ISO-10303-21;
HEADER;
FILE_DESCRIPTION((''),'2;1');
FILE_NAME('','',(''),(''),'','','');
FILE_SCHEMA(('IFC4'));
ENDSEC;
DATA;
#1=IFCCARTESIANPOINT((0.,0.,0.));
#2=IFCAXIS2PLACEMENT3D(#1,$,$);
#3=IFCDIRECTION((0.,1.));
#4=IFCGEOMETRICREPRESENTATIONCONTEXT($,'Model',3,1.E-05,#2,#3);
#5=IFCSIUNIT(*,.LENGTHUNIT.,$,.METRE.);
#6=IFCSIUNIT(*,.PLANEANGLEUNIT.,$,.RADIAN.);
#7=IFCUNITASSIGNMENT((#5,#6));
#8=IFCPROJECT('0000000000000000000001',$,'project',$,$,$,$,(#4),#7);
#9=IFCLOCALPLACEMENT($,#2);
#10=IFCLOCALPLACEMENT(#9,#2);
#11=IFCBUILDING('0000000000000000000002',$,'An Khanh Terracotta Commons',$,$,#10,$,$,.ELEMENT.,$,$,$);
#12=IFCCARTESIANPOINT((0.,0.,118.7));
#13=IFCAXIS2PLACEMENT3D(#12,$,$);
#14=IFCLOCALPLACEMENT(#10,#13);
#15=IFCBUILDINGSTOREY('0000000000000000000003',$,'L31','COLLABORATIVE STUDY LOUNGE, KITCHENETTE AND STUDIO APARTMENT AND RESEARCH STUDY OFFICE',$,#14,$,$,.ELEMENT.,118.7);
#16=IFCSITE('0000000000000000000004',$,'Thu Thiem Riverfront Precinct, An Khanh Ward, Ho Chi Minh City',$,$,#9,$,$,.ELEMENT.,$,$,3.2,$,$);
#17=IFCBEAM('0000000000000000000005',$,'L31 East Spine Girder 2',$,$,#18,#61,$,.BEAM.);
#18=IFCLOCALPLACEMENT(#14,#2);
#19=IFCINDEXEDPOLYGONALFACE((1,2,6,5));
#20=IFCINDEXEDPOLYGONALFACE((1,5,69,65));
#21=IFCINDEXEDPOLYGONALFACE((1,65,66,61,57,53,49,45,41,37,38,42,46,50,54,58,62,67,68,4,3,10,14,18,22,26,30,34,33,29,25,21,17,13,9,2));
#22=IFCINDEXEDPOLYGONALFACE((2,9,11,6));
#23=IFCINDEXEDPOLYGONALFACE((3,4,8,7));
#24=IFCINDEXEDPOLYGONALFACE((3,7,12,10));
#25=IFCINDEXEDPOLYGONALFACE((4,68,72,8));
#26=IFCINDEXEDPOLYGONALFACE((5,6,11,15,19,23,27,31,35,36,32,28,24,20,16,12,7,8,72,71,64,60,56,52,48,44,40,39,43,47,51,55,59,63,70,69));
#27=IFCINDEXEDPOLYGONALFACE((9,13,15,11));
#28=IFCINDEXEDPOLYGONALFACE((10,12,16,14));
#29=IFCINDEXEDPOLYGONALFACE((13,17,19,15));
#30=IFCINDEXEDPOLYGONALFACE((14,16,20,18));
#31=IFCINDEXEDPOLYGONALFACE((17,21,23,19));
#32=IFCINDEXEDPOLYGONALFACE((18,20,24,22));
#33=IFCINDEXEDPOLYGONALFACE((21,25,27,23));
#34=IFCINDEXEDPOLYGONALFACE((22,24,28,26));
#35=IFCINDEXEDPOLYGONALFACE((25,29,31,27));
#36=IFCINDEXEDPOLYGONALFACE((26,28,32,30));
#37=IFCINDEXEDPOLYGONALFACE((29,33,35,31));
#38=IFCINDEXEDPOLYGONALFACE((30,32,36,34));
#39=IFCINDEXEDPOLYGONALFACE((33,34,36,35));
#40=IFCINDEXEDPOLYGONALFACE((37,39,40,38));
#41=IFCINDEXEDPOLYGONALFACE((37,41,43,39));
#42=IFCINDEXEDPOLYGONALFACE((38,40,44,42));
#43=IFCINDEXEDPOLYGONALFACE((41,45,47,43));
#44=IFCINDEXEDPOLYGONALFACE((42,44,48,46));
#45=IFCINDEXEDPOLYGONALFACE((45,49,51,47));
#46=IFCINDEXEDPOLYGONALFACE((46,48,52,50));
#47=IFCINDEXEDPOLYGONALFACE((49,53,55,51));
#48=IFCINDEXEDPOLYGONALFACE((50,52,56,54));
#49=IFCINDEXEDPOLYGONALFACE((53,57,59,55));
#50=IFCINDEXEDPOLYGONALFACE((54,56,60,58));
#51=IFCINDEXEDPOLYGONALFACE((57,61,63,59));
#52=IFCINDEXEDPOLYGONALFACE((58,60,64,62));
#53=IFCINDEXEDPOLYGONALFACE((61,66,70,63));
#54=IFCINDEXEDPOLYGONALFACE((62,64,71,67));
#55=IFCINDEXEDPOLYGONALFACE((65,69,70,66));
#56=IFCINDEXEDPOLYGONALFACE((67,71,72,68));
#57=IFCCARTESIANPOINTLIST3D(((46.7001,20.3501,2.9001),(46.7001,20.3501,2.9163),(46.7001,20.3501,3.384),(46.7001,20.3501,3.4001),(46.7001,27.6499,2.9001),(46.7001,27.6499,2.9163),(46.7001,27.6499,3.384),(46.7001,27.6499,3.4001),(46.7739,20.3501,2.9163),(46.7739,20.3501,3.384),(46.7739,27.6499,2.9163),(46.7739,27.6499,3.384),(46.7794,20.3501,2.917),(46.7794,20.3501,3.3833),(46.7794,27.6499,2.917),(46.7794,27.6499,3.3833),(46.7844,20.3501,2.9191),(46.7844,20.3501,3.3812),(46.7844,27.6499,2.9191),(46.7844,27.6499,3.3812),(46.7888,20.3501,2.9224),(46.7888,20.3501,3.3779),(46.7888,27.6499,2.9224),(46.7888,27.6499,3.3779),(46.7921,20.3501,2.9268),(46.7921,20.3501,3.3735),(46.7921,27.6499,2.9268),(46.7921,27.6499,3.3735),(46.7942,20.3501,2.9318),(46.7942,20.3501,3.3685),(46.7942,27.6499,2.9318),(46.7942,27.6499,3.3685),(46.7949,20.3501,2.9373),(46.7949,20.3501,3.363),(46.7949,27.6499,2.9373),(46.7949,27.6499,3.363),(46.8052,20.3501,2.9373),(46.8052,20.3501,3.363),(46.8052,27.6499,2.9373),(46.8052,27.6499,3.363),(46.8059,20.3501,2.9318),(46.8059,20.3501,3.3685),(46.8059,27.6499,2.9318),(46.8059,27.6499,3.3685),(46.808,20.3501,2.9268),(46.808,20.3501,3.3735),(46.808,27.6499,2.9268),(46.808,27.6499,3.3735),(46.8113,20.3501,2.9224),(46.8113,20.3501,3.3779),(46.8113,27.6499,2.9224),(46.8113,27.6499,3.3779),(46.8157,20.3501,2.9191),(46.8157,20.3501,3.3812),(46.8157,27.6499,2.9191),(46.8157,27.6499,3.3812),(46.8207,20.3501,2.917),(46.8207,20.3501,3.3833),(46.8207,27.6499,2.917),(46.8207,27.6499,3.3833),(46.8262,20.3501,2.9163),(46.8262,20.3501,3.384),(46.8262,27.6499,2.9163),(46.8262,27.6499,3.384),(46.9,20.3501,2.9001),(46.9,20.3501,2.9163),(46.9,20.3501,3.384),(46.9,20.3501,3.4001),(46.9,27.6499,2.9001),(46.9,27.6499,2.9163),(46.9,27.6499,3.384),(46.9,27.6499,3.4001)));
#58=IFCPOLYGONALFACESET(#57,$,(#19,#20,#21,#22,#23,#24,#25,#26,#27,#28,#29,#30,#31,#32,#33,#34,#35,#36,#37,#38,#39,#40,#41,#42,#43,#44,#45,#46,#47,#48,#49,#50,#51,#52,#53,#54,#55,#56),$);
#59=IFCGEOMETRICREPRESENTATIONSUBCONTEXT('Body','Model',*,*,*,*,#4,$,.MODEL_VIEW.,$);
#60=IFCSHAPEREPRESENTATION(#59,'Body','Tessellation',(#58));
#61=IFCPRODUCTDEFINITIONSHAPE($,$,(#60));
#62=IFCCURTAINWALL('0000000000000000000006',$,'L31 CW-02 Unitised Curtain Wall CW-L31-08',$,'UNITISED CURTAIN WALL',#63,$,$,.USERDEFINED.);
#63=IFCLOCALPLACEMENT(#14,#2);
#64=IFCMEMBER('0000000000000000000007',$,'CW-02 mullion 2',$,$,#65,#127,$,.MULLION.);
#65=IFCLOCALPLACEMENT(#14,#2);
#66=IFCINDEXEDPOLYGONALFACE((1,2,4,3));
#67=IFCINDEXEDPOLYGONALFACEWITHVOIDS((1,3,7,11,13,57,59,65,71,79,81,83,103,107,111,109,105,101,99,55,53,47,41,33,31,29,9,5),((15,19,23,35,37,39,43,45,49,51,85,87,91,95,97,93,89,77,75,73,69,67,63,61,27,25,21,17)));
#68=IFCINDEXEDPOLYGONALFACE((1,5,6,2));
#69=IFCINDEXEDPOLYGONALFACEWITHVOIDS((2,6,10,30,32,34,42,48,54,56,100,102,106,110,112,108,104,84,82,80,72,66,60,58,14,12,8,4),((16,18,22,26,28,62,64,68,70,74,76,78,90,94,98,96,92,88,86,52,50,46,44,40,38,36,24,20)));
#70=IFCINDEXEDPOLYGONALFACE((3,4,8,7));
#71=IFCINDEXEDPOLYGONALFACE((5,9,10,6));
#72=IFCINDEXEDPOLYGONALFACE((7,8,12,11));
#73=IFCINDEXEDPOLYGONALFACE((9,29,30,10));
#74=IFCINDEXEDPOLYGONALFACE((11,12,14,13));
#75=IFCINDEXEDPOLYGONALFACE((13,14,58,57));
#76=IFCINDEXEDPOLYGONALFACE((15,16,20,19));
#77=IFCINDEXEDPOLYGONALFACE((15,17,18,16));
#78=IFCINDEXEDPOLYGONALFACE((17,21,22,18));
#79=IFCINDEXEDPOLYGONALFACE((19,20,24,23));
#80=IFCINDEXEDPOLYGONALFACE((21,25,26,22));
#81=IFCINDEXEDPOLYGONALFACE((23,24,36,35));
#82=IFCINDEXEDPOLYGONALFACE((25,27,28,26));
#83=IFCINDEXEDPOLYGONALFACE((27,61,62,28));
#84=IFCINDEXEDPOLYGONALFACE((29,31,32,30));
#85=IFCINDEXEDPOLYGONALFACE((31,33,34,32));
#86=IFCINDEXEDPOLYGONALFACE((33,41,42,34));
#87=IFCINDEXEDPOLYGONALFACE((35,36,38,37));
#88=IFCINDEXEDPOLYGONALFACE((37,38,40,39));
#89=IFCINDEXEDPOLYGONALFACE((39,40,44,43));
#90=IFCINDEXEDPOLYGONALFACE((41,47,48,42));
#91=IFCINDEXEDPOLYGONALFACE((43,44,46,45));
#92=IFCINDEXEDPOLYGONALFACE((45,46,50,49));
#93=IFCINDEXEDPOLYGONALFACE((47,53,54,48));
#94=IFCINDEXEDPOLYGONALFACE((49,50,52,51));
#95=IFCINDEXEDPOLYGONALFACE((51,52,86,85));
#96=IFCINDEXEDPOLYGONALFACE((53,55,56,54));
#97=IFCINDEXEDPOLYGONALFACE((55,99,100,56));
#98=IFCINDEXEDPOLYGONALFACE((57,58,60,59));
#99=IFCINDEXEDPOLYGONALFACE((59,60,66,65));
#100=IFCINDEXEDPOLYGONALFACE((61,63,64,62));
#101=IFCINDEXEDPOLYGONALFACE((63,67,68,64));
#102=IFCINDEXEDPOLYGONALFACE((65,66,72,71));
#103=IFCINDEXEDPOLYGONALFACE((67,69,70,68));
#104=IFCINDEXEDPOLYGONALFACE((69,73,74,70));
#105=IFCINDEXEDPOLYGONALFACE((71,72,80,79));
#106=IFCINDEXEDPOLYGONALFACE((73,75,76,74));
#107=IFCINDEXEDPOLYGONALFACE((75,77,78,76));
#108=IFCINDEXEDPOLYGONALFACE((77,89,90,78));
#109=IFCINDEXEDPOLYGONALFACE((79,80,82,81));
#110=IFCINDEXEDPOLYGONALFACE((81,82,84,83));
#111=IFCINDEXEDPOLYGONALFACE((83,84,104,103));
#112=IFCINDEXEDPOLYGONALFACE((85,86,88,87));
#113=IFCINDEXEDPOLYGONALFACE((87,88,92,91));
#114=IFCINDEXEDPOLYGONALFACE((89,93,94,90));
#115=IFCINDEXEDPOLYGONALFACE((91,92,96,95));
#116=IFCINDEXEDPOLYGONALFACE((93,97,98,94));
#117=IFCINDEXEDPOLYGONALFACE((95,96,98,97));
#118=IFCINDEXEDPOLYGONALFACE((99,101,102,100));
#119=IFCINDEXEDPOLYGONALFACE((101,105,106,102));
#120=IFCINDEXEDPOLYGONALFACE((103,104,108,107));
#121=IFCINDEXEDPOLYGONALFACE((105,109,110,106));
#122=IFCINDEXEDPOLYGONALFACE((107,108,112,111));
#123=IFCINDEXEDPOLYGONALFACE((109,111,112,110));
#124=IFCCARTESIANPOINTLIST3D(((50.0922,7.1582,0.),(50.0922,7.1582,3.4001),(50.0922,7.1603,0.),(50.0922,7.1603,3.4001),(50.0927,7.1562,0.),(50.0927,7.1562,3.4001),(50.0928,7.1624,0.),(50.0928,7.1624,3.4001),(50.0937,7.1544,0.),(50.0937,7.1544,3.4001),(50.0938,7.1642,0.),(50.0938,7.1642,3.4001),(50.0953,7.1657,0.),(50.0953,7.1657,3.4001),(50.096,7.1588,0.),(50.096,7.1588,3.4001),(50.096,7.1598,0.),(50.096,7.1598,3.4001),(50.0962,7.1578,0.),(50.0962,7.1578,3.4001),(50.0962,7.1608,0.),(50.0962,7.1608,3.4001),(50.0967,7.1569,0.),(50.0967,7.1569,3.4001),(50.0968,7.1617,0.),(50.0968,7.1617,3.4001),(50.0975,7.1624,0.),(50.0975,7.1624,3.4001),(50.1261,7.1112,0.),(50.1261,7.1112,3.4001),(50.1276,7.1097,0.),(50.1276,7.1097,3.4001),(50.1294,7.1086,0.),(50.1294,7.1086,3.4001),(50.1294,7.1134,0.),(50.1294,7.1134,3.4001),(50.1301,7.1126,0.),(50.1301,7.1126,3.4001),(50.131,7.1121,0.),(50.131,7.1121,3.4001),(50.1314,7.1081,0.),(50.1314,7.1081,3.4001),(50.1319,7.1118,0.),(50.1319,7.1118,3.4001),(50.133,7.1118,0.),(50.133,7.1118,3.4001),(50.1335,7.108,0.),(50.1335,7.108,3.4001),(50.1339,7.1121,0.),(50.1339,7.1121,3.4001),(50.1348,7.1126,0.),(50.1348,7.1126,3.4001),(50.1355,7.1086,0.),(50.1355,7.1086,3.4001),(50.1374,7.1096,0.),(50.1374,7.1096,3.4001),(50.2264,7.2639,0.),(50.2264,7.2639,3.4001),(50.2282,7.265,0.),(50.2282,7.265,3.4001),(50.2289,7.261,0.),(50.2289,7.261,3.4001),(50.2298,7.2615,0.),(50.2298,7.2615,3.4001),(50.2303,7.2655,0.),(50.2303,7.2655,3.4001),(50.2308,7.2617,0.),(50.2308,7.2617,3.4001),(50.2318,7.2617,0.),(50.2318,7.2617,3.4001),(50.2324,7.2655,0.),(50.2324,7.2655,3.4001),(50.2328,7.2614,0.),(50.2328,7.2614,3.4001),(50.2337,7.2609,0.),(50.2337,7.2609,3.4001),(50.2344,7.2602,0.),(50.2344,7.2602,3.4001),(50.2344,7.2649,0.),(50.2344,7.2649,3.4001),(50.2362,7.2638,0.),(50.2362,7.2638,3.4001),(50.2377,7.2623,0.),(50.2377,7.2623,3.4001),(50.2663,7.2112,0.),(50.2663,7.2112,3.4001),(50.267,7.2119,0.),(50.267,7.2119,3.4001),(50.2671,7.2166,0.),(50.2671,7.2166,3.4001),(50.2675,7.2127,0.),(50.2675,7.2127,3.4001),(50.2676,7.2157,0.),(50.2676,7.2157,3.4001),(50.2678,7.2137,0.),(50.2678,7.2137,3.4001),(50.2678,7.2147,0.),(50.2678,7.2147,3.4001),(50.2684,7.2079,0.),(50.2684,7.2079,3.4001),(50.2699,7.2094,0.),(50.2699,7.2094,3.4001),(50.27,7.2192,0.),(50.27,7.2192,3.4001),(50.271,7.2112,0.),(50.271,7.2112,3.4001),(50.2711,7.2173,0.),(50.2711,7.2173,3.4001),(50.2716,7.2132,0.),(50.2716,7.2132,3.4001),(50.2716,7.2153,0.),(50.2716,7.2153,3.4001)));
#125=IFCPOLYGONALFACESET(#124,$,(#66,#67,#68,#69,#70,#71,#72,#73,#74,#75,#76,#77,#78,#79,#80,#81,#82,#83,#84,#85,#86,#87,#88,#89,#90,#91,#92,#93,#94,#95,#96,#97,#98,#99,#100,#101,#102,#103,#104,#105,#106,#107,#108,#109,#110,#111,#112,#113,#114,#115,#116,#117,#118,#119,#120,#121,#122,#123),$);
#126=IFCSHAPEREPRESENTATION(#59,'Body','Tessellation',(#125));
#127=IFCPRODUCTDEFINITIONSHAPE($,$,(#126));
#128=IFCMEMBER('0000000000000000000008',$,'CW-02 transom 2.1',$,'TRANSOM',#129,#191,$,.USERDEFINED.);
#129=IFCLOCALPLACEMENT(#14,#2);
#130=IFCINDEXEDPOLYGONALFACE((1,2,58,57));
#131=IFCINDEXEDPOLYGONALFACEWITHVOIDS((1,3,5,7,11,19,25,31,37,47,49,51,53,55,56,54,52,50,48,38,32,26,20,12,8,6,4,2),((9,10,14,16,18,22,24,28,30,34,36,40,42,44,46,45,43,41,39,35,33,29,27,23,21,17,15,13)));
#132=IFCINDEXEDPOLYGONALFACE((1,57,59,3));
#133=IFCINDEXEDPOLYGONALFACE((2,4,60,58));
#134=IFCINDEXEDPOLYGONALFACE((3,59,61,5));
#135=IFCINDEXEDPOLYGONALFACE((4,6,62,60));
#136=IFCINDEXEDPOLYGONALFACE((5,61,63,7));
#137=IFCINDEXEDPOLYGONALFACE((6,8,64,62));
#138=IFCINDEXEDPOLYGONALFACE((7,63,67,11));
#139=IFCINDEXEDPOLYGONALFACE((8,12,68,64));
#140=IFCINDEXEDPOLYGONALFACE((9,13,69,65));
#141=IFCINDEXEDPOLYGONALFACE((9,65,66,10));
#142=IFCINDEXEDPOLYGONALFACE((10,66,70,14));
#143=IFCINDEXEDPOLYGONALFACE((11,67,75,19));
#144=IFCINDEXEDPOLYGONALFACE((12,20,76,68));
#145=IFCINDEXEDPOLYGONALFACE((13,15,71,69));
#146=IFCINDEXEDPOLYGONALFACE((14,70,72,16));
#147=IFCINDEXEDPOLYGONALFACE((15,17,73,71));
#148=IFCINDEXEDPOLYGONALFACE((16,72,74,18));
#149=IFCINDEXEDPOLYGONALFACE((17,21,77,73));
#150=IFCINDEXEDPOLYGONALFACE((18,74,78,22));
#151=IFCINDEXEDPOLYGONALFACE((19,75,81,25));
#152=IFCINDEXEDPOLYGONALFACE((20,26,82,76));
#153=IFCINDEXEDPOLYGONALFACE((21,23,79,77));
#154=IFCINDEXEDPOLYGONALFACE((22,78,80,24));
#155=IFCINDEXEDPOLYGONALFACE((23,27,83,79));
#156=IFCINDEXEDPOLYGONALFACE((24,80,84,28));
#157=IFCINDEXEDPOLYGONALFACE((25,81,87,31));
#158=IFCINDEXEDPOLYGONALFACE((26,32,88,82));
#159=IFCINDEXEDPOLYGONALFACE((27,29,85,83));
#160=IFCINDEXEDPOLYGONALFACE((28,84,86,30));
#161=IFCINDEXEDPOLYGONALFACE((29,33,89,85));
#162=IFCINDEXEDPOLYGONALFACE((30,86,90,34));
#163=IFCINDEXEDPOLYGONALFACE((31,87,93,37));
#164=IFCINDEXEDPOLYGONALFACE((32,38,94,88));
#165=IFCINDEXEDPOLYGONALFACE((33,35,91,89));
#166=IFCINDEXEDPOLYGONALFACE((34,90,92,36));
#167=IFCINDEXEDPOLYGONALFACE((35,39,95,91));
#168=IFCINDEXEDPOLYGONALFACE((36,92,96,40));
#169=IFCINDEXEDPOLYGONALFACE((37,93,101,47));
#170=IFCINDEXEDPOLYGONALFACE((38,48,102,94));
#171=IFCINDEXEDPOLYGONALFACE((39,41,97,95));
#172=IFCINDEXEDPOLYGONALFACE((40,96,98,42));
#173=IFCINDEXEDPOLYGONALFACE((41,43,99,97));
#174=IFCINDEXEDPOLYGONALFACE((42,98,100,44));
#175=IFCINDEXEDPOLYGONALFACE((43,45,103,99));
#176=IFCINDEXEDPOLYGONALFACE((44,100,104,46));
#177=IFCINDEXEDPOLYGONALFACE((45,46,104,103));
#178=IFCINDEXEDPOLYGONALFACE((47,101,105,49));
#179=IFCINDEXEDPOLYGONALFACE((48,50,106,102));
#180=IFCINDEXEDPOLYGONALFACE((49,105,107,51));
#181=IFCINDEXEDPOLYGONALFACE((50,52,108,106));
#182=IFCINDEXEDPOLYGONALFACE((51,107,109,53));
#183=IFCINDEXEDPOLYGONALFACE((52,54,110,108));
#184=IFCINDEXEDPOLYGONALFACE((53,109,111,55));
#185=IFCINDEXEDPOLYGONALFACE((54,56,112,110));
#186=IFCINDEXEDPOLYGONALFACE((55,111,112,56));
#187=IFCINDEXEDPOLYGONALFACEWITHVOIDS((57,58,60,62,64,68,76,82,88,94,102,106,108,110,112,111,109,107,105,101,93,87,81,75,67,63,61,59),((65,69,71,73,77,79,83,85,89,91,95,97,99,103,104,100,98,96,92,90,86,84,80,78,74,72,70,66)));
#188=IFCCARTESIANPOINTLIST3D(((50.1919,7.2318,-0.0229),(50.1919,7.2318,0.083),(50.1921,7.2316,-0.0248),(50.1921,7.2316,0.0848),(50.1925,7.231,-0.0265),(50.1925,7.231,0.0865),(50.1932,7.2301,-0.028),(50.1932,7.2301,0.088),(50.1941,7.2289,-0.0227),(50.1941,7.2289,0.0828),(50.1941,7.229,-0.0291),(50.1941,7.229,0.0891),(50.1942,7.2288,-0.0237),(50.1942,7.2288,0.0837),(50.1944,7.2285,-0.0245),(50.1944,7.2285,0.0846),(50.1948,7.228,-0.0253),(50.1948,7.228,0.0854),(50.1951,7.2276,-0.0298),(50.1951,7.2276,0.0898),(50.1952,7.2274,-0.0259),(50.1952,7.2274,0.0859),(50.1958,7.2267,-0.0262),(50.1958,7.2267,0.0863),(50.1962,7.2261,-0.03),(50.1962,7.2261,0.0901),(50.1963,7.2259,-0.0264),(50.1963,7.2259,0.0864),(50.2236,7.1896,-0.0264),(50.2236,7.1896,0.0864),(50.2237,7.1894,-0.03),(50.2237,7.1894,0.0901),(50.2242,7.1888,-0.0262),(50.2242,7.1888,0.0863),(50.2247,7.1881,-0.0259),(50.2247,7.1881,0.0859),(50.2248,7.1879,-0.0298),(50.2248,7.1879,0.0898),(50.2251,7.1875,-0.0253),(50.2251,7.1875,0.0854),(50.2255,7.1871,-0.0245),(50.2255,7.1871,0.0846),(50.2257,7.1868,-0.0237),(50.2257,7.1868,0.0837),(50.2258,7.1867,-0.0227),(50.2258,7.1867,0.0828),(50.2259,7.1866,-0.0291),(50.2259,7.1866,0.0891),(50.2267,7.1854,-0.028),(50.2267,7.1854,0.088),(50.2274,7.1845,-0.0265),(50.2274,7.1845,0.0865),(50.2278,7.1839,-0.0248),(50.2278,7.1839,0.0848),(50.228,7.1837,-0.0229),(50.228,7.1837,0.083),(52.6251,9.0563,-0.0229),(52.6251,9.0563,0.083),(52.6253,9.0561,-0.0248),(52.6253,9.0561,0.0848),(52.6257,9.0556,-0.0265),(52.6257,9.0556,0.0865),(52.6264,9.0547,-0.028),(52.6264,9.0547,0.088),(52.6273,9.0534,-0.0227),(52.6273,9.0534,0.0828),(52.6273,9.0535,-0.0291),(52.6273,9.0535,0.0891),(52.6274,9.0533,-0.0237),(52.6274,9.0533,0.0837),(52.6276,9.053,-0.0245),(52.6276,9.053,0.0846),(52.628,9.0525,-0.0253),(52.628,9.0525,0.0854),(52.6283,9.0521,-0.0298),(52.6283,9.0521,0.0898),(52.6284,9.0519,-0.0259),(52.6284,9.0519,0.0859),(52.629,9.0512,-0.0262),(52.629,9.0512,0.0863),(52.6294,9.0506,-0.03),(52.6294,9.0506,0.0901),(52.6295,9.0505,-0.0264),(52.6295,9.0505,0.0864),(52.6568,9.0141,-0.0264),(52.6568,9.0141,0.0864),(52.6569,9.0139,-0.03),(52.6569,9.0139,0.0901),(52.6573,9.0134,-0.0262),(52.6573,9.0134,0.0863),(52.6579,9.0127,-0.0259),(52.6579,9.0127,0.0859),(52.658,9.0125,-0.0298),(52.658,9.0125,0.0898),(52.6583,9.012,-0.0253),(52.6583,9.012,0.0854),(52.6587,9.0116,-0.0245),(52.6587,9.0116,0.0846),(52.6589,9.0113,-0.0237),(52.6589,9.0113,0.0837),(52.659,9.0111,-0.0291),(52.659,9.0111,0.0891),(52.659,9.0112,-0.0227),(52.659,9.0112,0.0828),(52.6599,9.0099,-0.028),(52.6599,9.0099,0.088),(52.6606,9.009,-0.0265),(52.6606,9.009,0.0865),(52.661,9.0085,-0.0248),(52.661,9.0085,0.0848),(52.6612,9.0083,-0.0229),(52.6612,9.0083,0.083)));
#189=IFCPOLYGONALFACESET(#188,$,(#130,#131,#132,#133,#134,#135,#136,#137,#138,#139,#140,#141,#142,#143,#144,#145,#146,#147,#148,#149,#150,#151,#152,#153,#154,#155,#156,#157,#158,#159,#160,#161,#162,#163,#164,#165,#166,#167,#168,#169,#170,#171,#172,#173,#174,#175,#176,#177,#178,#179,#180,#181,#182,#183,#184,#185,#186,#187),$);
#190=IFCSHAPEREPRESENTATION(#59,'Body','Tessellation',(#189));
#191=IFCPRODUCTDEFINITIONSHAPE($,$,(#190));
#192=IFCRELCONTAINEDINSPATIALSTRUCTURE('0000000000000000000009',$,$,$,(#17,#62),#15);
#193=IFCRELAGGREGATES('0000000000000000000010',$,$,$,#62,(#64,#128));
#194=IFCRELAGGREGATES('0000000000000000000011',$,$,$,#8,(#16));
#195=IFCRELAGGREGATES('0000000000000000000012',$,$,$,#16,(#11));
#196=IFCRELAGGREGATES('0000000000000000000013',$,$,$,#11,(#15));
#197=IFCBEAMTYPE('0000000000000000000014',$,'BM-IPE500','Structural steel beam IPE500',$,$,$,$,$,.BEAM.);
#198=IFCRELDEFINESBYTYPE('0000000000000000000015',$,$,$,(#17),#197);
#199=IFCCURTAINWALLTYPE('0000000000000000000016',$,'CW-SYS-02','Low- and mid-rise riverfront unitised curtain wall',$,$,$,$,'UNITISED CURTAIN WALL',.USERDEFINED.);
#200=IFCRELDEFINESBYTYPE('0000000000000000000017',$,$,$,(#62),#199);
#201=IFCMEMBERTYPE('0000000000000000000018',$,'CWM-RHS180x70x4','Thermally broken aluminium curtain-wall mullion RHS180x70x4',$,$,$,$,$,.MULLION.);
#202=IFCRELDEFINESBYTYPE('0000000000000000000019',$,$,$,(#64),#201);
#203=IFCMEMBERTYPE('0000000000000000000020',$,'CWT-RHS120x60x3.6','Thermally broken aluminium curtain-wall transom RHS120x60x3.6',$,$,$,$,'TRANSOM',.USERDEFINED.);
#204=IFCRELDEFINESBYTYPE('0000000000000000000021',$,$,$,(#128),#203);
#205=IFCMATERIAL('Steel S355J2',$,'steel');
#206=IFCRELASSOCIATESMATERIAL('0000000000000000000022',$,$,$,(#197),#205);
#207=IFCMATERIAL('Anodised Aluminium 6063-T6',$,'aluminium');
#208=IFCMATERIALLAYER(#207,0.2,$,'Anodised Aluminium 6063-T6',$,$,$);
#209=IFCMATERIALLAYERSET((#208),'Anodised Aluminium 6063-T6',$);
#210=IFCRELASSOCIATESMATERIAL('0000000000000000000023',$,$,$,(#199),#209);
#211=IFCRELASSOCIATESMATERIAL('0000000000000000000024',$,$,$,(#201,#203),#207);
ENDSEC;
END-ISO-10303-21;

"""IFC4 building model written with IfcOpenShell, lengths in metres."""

from ifc_helpers import new_model, si_unit, direction, frame, origin, origin_2d, place, context, subcontext, project, spatial, hollow_rectangle, i_section, extrude, material, layer, layer_set, material_profile, profile_set, type_object, element, aggregate, save


model = new_model("IFC4")

# Units and contexts
model_context = context("Model", 3, precision=1e-05, world=origin(), true_north=direction((0.0, 1.0)))
body_context = subcontext(model_context, "Body", "Model", "MODEL_VIEW")
ifc_project = project(units=[si_unit("LENGTHUNIT", "METRE"), si_unit("PLANEANGLEUNIT", "RADIAN")], contexts=[model_context])

# Site, building, storey
site_placement = place(None, origin())
site = spatial("IfcSite", under=ifc_project, at=site_placement, Name="Thu Thiem Riverfront Precinct, An Khanh Ward, Ho Chi Minh City", CompositionType="ELEMENT", RefElevation=3.2)
building_placement = place(site_placement, origin())
building = spatial("IfcBuilding", under=site, at=building_placement, Name="An Khanh Terracotta Commons", CompositionType="ELEMENT")
storey_placement = place(building_placement, frame((0.0, 0.0, 118.7)))
storey = spatial("IfcBuildingStorey", under=building, at=storey_placement, Name="L31", Description="COLLABORATIVE STUDY LOUNGE, KITCHENETTE AND STUDIO APARTMENT AND RESEARCH STUDY OFFICE", CompositionType="ELEMENT", Elevation=118.7)

# Beam
ifc_material_1 = material(Name="Steel S355J2", Category="steel")
ifc_material_profile_1 = material_profile(ifc_material_1, i_section(OverallWidth=0.2, OverallDepth=0.5, WebThickness=0.0103, FlangeThickness=0.0161, FilletRadius=0.021, at=origin_2d()), Name="IPE500")
ifc_profile_set_1 = profile_set([ifc_material_profile_1], Name="Steel S355J2")
beam_type_1 = type_object("IfcBeamType", Name="BM-IPE500", Description="Structural steel beam IPE500", PredefinedType="BEAM", material=ifc_profile_set_1)
beam_1_placement = place(storey_placement, frame((46.8, 20.3501, 3.1501), z_axis=(0.0, 1.0, 0.0), x_axis=(-1.0, 0.0, 0.0)))
element("IfcBeam", 1, at=beam_1_placement, inside=storey, type_object=beam_type_1, Name="L31 East Spine Girder 2", PredefinedType="BEAM", context=body_context, shape_type="SweptSolid", body=[
    extrude(i_section(OverallWidth=0.2, OverallDepth=0.5, WebThickness=0.0103, FlangeThickness=0.0161, FilletRadius=0.021, at=origin_2d()), origin(), (0.0, 0.0, 1.0), 7.2998),
])

# Curtain wall, members
ifc_material_2 = material(Name="Anodised Aluminium 6063-T6", Category="aluminium")
ifc_layer_1 = layer(ifc_material_2, 0.2, Name="Anodised Aluminium 6063-T6")
ifc_layer_set_1 = layer_set([ifc_layer_1], Name="Anodised Aluminium 6063-T6")
curtain_wall_type = type_object("IfcCurtainWallType", Name="CW-SYS-02", Description="Low- and mid-rise riverfront unitised curtain wall", ElementType="UNITISED CURTAIN WALL", PredefinedType="USERDEFINED", material=ifc_layer_set_1)
curtain_wall_placement = place(storey_placement, origin())
curtain_wall = element("IfcCurtainWall", 2, at=curtain_wall_placement, inside=storey, type_object=curtain_wall_type, Name="L31 CW-02 Unitised Curtain Wall CW-L31-08", ObjectType="UNITISED CURTAIN WALL", PredefinedType="USERDEFINED")
ifc_material_profile_2 = material_profile(ifc_material_2, hollow_rectangle(XDim=0.0701, YDim=0.1799, WallThickness=0.0039, InnerFilletRadius=0.0039, OuterFilletRadius=0.0081, at=origin_2d()), Name="RHS180x70x4")
ifc_profile_set_2 = profile_set([ifc_material_profile_2], Name="Anodised Aluminium 6063-T6")
member_type_1 = type_object("IfcMemberType", Name="CWM-RHS180x70x4", Description="Thermally broken aluminium curtain-wall mullion RHS180x70x4", PredefinedType="MULLION", material=ifc_profile_set_2)
member_1_placement = place(storey_placement, frame((50.1819, 7.1868, 0.0), z_axis=(0.0, 0.0, 1.0), x_axis=(-0.599983, 0.800013, 0.0)))
member_1 = element("IfcMember", 3, at=member_1_placement, type_object=member_type_1, Name="CW-02 mullion 2", PredefinedType="MULLION", context=body_context, shape_type="SweptSolid", body=[
    extrude(hollow_rectangle(XDim=0.0701, YDim=0.1799, WallThickness=0.0039, InnerFilletRadius=0.0039, OuterFilletRadius=0.0081, at=origin_2d()), origin(), (0.0, 0.0, 1.0), 3.4001),
])
ifc_material_profile_3 = material_profile(ifc_material_2, hollow_rectangle(XDim=0.0601, YDim=0.1201, WallThickness=0.0037, InnerFilletRadius=0.0037, OuterFilletRadius=0.0071, at=origin_2d()), Name="RHS120x60x3.6")
ifc_profile_set_3 = profile_set([ifc_material_profile_3], Name="Anodised Aluminium 6063-T6")
member_type_2 = type_object("IfcMemberType", Name="CWT-RHS120x60x3.6", Description="Thermally broken aluminium curtain-wall transom RHS120x60x3.6", ElementType="TRANSOM", PredefinedType="USERDEFINED", material=ifc_profile_set_3)
member_2_placement = place(storey_placement, frame((50.21, 7.2078, 0.03), z_axis=(0.800058, 0.599923, 0.0), x_axis=(-0.599923, 0.800058, 0.0)))
member_2 = element("IfcMember", 4, at=member_2_placement, type_object=member_type_2, Name="CW-02 transom 2.1", ObjectType="TRANSOM", PredefinedType="USERDEFINED", context=body_context, shape_type="SweptSolid", body=[
    extrude(hollow_rectangle(XDim=0.0601, YDim=0.1201, WallThickness=0.0037, InnerFilletRadius=0.0037, OuterFilletRadius=0.0071, at=origin_2d()), origin(), (0.0, 0.0, 1.0), 3.0413),
])
aggregate(curtain_wall, [member_1, member_2])

save(model, "model.ifc")
